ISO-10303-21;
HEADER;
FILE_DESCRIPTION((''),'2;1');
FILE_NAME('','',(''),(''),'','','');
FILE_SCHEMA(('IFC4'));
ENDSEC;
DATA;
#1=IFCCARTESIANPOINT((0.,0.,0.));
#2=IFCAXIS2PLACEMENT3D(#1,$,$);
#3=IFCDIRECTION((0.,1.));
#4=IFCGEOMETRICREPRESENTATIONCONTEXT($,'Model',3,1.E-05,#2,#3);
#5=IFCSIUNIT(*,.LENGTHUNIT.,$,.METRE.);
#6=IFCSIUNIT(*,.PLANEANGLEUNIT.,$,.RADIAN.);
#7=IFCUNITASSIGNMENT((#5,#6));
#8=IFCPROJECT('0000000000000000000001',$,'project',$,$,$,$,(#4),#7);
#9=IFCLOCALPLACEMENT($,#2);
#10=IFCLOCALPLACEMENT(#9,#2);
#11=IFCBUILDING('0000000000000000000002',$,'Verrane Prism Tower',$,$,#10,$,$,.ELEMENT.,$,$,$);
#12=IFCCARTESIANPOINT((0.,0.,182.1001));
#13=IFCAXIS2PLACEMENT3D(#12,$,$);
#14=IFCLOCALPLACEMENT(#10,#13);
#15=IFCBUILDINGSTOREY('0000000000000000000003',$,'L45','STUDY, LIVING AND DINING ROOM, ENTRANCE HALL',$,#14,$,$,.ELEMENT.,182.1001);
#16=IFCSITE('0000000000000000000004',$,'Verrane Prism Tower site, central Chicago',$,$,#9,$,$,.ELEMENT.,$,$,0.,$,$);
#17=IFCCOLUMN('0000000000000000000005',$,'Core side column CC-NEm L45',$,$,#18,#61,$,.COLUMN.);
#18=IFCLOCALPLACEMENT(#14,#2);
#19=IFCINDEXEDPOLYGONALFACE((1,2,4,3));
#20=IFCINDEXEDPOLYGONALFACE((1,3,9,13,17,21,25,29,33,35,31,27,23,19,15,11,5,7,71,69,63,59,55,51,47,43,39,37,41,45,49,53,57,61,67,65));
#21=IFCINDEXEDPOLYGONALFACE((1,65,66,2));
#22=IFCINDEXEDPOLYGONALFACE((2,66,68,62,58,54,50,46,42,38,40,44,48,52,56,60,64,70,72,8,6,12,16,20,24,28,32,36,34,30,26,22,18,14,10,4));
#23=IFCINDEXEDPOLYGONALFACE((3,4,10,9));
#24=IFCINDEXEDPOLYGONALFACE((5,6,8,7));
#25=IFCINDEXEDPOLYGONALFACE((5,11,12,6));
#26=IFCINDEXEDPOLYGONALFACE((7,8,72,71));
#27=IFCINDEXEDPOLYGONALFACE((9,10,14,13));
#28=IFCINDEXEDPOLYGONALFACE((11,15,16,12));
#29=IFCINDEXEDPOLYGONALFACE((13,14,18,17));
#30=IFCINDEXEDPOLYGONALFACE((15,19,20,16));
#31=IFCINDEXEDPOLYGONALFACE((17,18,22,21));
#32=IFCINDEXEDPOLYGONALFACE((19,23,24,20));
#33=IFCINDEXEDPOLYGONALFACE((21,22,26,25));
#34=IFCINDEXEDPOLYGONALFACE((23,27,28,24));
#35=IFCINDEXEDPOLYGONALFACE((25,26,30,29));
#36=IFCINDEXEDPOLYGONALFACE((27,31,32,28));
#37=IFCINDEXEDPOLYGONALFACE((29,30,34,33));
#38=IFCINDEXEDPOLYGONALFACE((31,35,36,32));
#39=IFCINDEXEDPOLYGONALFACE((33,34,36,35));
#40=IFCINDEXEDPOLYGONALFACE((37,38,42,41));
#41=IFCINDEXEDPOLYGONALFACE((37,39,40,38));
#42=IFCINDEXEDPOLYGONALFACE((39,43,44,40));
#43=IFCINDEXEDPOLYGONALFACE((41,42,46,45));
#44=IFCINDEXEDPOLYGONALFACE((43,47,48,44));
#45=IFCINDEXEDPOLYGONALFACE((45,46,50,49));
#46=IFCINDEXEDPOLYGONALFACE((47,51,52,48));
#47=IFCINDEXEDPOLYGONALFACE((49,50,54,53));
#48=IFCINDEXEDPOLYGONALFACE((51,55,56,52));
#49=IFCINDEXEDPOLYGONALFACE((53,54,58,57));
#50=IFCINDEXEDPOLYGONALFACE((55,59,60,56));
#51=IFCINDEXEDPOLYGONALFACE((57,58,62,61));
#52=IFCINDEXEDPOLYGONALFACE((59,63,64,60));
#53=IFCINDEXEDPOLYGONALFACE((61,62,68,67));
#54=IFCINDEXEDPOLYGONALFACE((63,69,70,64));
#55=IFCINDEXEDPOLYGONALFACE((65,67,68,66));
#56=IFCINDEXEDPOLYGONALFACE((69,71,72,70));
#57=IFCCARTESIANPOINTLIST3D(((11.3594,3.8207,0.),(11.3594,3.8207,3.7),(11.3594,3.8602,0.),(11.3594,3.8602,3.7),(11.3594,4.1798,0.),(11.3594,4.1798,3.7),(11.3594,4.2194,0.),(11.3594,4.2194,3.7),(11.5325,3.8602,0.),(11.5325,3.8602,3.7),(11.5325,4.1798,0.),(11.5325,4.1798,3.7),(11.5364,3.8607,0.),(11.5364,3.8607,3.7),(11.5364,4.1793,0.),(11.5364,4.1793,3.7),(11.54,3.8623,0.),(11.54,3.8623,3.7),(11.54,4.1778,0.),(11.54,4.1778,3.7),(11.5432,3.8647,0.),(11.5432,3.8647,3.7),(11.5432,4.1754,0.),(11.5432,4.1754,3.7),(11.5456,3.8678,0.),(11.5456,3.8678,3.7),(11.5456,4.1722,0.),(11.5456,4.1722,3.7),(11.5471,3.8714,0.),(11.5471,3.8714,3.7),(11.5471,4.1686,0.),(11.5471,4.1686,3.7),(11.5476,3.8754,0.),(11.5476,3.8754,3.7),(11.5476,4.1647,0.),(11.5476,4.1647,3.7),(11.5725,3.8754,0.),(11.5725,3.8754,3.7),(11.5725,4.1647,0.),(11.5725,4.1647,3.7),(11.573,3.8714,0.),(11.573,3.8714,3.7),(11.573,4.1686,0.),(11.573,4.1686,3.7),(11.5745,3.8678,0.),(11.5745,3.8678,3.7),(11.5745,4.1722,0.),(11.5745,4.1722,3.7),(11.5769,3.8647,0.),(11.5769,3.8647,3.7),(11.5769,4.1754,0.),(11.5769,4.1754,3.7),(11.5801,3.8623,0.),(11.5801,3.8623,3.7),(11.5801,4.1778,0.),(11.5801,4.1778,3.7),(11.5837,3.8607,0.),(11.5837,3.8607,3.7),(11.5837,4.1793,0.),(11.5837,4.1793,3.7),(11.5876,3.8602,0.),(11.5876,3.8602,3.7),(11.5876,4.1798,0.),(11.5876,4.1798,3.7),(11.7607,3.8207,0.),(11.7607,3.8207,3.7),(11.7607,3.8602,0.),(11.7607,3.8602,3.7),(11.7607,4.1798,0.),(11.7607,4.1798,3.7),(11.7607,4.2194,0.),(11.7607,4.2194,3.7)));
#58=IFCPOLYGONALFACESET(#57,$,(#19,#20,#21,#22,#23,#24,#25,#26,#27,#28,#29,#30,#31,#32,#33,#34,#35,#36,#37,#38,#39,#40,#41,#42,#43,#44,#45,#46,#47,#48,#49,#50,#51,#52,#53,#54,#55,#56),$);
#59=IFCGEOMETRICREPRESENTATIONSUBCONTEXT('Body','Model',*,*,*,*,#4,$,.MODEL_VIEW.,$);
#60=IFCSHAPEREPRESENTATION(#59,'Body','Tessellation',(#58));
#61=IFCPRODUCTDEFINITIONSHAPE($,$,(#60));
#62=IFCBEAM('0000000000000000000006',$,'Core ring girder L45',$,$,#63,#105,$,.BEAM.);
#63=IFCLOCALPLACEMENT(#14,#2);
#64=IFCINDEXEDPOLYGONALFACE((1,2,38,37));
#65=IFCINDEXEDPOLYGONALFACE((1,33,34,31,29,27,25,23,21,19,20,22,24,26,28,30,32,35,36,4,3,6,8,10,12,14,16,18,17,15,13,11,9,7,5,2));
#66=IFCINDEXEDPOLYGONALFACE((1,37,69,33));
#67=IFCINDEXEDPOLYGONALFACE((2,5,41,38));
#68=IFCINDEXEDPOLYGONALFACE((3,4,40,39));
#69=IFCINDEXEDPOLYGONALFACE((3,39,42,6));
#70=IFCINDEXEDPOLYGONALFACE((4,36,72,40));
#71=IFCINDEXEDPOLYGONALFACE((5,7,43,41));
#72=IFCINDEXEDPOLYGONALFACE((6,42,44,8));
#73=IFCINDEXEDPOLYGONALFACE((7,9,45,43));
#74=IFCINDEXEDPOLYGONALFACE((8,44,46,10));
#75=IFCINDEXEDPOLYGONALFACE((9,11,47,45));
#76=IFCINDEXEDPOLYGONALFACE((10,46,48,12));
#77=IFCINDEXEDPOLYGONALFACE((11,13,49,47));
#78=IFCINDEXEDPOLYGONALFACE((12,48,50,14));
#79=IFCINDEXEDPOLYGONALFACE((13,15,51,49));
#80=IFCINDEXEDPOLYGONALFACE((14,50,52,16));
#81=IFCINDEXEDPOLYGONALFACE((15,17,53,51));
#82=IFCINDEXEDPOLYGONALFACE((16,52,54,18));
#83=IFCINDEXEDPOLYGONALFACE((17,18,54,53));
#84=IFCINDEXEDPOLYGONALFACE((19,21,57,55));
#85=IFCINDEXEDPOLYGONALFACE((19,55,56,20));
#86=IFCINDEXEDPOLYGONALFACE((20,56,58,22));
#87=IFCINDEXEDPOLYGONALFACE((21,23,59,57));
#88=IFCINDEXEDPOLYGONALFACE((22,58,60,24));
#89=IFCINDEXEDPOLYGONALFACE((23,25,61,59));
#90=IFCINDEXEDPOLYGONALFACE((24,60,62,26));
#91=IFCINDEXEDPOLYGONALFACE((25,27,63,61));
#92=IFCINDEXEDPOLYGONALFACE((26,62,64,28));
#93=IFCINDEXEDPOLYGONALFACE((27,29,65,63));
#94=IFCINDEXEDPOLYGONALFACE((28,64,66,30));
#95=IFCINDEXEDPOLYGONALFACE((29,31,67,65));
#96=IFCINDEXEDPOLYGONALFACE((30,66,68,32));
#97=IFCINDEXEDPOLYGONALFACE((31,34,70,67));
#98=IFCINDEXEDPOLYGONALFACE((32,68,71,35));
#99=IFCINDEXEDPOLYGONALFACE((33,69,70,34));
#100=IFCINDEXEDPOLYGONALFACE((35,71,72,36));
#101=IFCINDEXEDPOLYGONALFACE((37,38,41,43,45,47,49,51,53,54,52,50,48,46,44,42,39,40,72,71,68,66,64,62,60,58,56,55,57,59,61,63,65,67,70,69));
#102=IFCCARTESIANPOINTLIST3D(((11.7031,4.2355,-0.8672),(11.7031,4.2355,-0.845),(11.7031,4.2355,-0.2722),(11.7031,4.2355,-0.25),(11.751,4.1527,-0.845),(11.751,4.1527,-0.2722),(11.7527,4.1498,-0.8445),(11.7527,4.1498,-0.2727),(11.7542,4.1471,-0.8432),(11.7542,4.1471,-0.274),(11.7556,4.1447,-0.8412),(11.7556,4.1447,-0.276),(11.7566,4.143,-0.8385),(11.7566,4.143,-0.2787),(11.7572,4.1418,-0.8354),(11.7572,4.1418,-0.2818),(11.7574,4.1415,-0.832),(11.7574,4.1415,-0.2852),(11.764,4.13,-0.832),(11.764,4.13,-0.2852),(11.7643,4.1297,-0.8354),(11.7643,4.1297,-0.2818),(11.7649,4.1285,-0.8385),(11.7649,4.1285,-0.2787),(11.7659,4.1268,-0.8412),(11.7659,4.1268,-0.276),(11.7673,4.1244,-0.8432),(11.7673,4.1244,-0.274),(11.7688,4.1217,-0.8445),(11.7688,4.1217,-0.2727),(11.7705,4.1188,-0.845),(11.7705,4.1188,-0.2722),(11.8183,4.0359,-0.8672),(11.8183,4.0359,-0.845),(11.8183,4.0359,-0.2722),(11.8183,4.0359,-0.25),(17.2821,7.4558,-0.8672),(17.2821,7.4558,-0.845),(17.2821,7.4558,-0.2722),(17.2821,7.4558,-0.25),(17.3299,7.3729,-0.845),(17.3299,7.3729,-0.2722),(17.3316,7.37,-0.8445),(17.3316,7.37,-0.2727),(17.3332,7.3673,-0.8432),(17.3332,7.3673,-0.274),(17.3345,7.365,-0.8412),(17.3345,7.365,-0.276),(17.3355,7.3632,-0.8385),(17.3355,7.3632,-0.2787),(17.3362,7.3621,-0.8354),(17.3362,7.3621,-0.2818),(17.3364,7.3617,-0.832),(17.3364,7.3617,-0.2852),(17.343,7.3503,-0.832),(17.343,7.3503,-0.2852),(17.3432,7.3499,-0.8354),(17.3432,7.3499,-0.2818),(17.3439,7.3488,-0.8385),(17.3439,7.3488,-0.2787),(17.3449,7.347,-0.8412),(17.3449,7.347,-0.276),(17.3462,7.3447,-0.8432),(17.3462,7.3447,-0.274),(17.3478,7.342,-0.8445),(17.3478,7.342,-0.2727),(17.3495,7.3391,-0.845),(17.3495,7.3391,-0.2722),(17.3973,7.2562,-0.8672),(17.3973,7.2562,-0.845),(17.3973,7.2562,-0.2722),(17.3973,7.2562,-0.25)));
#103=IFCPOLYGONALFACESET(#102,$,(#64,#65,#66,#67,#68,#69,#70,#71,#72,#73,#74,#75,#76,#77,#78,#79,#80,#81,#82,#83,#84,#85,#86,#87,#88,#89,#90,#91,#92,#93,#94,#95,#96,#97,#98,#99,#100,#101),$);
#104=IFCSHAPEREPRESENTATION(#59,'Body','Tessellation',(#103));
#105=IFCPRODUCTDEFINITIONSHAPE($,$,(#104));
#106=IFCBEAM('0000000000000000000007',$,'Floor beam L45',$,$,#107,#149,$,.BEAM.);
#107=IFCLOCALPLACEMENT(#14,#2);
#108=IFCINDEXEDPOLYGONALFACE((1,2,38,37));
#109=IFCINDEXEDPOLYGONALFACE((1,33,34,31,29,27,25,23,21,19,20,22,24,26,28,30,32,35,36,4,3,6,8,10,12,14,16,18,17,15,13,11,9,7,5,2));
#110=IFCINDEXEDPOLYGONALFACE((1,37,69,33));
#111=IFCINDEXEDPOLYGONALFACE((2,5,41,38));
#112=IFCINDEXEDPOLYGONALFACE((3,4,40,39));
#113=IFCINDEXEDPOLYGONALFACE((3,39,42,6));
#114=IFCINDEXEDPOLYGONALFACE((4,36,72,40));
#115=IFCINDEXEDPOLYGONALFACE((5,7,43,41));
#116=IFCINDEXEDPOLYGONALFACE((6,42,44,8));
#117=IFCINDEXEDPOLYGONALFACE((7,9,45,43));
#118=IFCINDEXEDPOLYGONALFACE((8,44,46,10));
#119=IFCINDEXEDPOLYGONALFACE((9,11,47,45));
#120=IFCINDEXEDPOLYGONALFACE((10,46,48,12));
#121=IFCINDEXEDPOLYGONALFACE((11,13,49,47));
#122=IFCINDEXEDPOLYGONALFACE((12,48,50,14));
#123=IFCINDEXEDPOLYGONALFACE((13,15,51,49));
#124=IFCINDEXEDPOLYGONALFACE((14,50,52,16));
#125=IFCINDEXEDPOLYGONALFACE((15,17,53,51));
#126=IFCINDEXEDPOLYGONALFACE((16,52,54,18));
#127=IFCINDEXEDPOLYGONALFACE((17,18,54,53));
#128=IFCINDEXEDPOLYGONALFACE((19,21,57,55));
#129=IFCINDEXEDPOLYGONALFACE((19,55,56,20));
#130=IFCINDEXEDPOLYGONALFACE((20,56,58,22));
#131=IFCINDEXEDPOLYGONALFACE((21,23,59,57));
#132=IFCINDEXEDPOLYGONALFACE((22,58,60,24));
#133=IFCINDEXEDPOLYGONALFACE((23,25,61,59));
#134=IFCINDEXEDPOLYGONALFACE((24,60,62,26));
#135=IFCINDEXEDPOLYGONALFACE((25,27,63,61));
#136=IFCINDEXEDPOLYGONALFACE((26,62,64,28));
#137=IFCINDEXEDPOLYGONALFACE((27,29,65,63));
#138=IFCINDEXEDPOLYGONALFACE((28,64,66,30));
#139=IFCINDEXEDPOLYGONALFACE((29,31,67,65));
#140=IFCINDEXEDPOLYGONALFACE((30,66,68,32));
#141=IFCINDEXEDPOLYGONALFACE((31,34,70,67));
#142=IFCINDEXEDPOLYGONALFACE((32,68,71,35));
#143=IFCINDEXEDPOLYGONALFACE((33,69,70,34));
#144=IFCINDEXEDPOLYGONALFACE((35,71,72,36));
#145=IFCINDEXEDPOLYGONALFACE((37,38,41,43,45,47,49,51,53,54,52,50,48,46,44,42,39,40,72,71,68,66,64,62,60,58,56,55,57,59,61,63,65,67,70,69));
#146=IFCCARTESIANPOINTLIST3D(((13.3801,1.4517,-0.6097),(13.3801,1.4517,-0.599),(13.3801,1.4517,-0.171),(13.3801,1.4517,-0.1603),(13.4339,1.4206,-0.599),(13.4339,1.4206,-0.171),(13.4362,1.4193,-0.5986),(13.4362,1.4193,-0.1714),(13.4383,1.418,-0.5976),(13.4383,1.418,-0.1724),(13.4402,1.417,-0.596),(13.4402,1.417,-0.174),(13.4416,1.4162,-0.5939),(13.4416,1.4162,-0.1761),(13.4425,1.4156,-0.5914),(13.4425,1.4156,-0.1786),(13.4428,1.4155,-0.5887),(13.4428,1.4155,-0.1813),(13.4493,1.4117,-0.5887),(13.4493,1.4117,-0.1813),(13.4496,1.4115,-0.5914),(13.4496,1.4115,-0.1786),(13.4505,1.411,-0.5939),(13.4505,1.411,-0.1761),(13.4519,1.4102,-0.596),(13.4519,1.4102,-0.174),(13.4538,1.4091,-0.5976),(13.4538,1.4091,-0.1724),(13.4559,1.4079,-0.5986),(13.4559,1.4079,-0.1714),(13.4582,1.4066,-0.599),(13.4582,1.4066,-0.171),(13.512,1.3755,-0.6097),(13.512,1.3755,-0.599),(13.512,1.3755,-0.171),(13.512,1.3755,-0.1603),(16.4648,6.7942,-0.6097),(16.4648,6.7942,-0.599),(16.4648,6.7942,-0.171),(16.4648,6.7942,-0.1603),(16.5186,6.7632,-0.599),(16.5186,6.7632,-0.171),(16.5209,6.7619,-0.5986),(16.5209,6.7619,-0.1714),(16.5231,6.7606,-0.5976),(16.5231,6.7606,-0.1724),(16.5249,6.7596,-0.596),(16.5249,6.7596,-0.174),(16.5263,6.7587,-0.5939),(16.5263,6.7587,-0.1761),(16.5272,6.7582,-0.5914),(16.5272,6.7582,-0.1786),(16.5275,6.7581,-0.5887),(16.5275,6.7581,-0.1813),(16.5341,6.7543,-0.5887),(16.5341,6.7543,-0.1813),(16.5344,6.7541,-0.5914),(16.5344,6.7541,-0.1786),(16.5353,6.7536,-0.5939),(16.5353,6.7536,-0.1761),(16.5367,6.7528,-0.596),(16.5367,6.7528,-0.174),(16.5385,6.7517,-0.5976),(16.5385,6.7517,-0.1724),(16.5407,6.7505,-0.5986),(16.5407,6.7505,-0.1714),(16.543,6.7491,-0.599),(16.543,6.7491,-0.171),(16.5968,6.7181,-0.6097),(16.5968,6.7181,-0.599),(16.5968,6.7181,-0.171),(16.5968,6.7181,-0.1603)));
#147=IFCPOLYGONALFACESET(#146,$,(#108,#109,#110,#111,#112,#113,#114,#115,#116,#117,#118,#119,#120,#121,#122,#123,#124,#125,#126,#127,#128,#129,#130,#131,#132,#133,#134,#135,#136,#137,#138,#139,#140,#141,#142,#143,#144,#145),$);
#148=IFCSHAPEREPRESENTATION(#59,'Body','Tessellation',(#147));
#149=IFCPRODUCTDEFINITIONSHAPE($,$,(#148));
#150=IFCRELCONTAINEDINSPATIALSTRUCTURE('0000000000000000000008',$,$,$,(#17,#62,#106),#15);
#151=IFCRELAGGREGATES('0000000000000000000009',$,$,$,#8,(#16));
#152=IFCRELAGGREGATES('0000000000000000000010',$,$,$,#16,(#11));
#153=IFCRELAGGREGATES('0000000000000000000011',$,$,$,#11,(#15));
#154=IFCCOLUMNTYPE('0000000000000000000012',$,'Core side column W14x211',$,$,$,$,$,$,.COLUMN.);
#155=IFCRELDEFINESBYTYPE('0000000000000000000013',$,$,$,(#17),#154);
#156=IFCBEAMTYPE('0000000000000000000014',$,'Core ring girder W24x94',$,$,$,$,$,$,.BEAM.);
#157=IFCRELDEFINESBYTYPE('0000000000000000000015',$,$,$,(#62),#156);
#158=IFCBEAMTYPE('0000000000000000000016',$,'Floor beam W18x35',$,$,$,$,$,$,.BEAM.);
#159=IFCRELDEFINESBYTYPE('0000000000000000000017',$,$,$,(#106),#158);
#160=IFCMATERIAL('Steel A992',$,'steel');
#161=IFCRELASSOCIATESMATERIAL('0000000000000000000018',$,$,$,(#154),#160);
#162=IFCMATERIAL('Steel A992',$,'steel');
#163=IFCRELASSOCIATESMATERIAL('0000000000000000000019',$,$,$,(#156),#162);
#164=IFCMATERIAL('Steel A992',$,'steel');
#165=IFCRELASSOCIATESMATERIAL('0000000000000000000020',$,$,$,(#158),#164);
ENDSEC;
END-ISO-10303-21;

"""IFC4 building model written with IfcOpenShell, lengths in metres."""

from ifc_helpers import new_model, si_unit, direction, frame, origin, origin_2d, place, context, subcontext, project, spatial, i_section, extrude, material, material_profile, profile_set, type_object, element, save


model = new_model("IFC4")

# Units and contexts
model_context = context("Model", 3, precision=1e-05, world=origin(), true_north=direction((0.0, 1.0)))
body_context = subcontext(model_context, "Body", "Model", "MODEL_VIEW")
ifc_project = project(units=[si_unit("LENGTHUNIT", "METRE"), si_unit("PLANEANGLEUNIT", "RADIAN")], contexts=[model_context])

# Site, building, storey
site_placement = place(None, origin())
site = spatial("IfcSite", under=ifc_project, at=site_placement, Name="Verrane Prism Tower site, central Chicago", CompositionType="ELEMENT", RefElevation=0.0)
building_placement = place(site_placement, origin())
building = spatial("IfcBuilding", under=site, at=building_placement, Name="Verrane Prism Tower", CompositionType="ELEMENT")
storey_placement = place(building_placement, frame((0.0, 0.0, 182.1001)))
storey = spatial("IfcBuildingStorey", under=building, at=storey_placement, Name="L45", Description="STUDY, LIVING AND DINING ROOM, ENTRANCE HALL", CompositionType="ELEMENT", Elevation=182.1001)

# Column
ifc_material_1 = material(Name="Steel A992", Category="steel")
ifc_material_profile_1 = material_profile(ifc_material_1, i_section(OverallWidth=0.4014, OverallDepth=0.3987, WebThickness=0.0249, FlangeThickness=0.0396, FilletRadius=0.0151, at=origin_2d()), Name="W14x211")
ifc_profile_set_1 = profile_set([ifc_material_profile_1], Name="Steel A992")
column_type = type_object("IfcColumnType", Name="Core side column W14x211", PredefinedType="COLUMN", material=ifc_profile_set_1)
column_placement = place(storey_placement, frame((11.5601, 4.02, 0.0), z_axis=(0.0, 0.0, 1.0), x_axis=(1.0, 0.0, 0.0)))
element("IfcColumn", 1, at=column_placement, inside=storey, type_object=column_type, Name="Core side column CC-NEm L45", PredefinedType="COLUMN", context=body_context, shape_type="SweptSolid", body=[
    extrude(i_section(OverallWidth=0.4014, OverallDepth=0.3987, WebThickness=0.0249, FlangeThickness=0.0396, FilletRadius=0.0151, at=origin_2d()), origin(), (0.0, 0.0, 1.0), 3.7),
])

# Beams
ifc_material_2 = material(Name="Steel A992", Category="steel")
ifc_material_profile_2 = material_profile(ifc_material_2, i_section(OverallWidth=0.2305, OverallDepth=0.6172, WebThickness=0.0132, FlangeThickness=0.0222, FilletRadius=0.0129, at=origin_2d()), Name="W24x94")
ifc_profile_set_2 = profile_set([ifc_material_profile_2], Name="Steel A992")
beam_type_1 = type_object("IfcBeamType", Name="Core ring girder W24x94", PredefinedType="BEAM", material=ifc_profile_set_2)
beam_1_placement = place(storey_placement, frame((11.7607, 4.1357, -0.5586), z_axis=(0.866075, 0.499914, 0.0), x_axis=(-0.499914, 0.866075, 0.0)))
element("IfcBeam", 2, at=beam_1_placement, inside=storey, type_object=beam_type_1, Name="Core ring girder L45", PredefinedType="BEAM", context=body_context, shape_type="SweptSolid", body=[
    extrude(i_section(OverallWidth=0.2305, OverallDepth=0.6172, WebThickness=0.0132, FlangeThickness=0.0222, FilletRadius=0.0129, at=origin_2d()), origin(), (0.0, 0.0, 1.0), 6.4417),
])
ifc_material_3 = material(Name="Steel A992", Category="steel")
ifc_material_profile_3 = material_profile(ifc_material_3, i_section(OverallWidth=0.1523, OverallDepth=0.4495, WebThickness=0.0076, FlangeThickness=0.0107, FilletRadius=0.0103, at=origin_2d()), Name="W18x35")
ifc_profile_set_3 = profile_set([ifc_material_profile_3], Name="Steel A992")
beam_type_2 = type_object("IfcBeamType", Name="Floor beam W18x35", PredefinedType="BEAM", material=ifc_profile_set_3)
beam_2_placement = place(storey_placement, frame((13.446, 1.4136, -0.385), z_axis=(0.500025, 0.866011, 0.0), x_axis=(-0.866011, 0.500025, 0.0)))
element("IfcBeam", 3, at=beam_2_placement, inside=storey, type_object=beam_type_2, Name="Floor beam L45", PredefinedType="BEAM", context=body_context, shape_type="SweptSolid", body=[
    extrude(i_section(OverallWidth=0.1523, OverallDepth=0.4495, WebThickness=0.0076, FlangeThickness=0.0107, FilletRadius=0.0103, at=origin_2d()), origin(), (0.0, 0.0, 1.0), 6.1692),
])

save(model, "model.ifc")
